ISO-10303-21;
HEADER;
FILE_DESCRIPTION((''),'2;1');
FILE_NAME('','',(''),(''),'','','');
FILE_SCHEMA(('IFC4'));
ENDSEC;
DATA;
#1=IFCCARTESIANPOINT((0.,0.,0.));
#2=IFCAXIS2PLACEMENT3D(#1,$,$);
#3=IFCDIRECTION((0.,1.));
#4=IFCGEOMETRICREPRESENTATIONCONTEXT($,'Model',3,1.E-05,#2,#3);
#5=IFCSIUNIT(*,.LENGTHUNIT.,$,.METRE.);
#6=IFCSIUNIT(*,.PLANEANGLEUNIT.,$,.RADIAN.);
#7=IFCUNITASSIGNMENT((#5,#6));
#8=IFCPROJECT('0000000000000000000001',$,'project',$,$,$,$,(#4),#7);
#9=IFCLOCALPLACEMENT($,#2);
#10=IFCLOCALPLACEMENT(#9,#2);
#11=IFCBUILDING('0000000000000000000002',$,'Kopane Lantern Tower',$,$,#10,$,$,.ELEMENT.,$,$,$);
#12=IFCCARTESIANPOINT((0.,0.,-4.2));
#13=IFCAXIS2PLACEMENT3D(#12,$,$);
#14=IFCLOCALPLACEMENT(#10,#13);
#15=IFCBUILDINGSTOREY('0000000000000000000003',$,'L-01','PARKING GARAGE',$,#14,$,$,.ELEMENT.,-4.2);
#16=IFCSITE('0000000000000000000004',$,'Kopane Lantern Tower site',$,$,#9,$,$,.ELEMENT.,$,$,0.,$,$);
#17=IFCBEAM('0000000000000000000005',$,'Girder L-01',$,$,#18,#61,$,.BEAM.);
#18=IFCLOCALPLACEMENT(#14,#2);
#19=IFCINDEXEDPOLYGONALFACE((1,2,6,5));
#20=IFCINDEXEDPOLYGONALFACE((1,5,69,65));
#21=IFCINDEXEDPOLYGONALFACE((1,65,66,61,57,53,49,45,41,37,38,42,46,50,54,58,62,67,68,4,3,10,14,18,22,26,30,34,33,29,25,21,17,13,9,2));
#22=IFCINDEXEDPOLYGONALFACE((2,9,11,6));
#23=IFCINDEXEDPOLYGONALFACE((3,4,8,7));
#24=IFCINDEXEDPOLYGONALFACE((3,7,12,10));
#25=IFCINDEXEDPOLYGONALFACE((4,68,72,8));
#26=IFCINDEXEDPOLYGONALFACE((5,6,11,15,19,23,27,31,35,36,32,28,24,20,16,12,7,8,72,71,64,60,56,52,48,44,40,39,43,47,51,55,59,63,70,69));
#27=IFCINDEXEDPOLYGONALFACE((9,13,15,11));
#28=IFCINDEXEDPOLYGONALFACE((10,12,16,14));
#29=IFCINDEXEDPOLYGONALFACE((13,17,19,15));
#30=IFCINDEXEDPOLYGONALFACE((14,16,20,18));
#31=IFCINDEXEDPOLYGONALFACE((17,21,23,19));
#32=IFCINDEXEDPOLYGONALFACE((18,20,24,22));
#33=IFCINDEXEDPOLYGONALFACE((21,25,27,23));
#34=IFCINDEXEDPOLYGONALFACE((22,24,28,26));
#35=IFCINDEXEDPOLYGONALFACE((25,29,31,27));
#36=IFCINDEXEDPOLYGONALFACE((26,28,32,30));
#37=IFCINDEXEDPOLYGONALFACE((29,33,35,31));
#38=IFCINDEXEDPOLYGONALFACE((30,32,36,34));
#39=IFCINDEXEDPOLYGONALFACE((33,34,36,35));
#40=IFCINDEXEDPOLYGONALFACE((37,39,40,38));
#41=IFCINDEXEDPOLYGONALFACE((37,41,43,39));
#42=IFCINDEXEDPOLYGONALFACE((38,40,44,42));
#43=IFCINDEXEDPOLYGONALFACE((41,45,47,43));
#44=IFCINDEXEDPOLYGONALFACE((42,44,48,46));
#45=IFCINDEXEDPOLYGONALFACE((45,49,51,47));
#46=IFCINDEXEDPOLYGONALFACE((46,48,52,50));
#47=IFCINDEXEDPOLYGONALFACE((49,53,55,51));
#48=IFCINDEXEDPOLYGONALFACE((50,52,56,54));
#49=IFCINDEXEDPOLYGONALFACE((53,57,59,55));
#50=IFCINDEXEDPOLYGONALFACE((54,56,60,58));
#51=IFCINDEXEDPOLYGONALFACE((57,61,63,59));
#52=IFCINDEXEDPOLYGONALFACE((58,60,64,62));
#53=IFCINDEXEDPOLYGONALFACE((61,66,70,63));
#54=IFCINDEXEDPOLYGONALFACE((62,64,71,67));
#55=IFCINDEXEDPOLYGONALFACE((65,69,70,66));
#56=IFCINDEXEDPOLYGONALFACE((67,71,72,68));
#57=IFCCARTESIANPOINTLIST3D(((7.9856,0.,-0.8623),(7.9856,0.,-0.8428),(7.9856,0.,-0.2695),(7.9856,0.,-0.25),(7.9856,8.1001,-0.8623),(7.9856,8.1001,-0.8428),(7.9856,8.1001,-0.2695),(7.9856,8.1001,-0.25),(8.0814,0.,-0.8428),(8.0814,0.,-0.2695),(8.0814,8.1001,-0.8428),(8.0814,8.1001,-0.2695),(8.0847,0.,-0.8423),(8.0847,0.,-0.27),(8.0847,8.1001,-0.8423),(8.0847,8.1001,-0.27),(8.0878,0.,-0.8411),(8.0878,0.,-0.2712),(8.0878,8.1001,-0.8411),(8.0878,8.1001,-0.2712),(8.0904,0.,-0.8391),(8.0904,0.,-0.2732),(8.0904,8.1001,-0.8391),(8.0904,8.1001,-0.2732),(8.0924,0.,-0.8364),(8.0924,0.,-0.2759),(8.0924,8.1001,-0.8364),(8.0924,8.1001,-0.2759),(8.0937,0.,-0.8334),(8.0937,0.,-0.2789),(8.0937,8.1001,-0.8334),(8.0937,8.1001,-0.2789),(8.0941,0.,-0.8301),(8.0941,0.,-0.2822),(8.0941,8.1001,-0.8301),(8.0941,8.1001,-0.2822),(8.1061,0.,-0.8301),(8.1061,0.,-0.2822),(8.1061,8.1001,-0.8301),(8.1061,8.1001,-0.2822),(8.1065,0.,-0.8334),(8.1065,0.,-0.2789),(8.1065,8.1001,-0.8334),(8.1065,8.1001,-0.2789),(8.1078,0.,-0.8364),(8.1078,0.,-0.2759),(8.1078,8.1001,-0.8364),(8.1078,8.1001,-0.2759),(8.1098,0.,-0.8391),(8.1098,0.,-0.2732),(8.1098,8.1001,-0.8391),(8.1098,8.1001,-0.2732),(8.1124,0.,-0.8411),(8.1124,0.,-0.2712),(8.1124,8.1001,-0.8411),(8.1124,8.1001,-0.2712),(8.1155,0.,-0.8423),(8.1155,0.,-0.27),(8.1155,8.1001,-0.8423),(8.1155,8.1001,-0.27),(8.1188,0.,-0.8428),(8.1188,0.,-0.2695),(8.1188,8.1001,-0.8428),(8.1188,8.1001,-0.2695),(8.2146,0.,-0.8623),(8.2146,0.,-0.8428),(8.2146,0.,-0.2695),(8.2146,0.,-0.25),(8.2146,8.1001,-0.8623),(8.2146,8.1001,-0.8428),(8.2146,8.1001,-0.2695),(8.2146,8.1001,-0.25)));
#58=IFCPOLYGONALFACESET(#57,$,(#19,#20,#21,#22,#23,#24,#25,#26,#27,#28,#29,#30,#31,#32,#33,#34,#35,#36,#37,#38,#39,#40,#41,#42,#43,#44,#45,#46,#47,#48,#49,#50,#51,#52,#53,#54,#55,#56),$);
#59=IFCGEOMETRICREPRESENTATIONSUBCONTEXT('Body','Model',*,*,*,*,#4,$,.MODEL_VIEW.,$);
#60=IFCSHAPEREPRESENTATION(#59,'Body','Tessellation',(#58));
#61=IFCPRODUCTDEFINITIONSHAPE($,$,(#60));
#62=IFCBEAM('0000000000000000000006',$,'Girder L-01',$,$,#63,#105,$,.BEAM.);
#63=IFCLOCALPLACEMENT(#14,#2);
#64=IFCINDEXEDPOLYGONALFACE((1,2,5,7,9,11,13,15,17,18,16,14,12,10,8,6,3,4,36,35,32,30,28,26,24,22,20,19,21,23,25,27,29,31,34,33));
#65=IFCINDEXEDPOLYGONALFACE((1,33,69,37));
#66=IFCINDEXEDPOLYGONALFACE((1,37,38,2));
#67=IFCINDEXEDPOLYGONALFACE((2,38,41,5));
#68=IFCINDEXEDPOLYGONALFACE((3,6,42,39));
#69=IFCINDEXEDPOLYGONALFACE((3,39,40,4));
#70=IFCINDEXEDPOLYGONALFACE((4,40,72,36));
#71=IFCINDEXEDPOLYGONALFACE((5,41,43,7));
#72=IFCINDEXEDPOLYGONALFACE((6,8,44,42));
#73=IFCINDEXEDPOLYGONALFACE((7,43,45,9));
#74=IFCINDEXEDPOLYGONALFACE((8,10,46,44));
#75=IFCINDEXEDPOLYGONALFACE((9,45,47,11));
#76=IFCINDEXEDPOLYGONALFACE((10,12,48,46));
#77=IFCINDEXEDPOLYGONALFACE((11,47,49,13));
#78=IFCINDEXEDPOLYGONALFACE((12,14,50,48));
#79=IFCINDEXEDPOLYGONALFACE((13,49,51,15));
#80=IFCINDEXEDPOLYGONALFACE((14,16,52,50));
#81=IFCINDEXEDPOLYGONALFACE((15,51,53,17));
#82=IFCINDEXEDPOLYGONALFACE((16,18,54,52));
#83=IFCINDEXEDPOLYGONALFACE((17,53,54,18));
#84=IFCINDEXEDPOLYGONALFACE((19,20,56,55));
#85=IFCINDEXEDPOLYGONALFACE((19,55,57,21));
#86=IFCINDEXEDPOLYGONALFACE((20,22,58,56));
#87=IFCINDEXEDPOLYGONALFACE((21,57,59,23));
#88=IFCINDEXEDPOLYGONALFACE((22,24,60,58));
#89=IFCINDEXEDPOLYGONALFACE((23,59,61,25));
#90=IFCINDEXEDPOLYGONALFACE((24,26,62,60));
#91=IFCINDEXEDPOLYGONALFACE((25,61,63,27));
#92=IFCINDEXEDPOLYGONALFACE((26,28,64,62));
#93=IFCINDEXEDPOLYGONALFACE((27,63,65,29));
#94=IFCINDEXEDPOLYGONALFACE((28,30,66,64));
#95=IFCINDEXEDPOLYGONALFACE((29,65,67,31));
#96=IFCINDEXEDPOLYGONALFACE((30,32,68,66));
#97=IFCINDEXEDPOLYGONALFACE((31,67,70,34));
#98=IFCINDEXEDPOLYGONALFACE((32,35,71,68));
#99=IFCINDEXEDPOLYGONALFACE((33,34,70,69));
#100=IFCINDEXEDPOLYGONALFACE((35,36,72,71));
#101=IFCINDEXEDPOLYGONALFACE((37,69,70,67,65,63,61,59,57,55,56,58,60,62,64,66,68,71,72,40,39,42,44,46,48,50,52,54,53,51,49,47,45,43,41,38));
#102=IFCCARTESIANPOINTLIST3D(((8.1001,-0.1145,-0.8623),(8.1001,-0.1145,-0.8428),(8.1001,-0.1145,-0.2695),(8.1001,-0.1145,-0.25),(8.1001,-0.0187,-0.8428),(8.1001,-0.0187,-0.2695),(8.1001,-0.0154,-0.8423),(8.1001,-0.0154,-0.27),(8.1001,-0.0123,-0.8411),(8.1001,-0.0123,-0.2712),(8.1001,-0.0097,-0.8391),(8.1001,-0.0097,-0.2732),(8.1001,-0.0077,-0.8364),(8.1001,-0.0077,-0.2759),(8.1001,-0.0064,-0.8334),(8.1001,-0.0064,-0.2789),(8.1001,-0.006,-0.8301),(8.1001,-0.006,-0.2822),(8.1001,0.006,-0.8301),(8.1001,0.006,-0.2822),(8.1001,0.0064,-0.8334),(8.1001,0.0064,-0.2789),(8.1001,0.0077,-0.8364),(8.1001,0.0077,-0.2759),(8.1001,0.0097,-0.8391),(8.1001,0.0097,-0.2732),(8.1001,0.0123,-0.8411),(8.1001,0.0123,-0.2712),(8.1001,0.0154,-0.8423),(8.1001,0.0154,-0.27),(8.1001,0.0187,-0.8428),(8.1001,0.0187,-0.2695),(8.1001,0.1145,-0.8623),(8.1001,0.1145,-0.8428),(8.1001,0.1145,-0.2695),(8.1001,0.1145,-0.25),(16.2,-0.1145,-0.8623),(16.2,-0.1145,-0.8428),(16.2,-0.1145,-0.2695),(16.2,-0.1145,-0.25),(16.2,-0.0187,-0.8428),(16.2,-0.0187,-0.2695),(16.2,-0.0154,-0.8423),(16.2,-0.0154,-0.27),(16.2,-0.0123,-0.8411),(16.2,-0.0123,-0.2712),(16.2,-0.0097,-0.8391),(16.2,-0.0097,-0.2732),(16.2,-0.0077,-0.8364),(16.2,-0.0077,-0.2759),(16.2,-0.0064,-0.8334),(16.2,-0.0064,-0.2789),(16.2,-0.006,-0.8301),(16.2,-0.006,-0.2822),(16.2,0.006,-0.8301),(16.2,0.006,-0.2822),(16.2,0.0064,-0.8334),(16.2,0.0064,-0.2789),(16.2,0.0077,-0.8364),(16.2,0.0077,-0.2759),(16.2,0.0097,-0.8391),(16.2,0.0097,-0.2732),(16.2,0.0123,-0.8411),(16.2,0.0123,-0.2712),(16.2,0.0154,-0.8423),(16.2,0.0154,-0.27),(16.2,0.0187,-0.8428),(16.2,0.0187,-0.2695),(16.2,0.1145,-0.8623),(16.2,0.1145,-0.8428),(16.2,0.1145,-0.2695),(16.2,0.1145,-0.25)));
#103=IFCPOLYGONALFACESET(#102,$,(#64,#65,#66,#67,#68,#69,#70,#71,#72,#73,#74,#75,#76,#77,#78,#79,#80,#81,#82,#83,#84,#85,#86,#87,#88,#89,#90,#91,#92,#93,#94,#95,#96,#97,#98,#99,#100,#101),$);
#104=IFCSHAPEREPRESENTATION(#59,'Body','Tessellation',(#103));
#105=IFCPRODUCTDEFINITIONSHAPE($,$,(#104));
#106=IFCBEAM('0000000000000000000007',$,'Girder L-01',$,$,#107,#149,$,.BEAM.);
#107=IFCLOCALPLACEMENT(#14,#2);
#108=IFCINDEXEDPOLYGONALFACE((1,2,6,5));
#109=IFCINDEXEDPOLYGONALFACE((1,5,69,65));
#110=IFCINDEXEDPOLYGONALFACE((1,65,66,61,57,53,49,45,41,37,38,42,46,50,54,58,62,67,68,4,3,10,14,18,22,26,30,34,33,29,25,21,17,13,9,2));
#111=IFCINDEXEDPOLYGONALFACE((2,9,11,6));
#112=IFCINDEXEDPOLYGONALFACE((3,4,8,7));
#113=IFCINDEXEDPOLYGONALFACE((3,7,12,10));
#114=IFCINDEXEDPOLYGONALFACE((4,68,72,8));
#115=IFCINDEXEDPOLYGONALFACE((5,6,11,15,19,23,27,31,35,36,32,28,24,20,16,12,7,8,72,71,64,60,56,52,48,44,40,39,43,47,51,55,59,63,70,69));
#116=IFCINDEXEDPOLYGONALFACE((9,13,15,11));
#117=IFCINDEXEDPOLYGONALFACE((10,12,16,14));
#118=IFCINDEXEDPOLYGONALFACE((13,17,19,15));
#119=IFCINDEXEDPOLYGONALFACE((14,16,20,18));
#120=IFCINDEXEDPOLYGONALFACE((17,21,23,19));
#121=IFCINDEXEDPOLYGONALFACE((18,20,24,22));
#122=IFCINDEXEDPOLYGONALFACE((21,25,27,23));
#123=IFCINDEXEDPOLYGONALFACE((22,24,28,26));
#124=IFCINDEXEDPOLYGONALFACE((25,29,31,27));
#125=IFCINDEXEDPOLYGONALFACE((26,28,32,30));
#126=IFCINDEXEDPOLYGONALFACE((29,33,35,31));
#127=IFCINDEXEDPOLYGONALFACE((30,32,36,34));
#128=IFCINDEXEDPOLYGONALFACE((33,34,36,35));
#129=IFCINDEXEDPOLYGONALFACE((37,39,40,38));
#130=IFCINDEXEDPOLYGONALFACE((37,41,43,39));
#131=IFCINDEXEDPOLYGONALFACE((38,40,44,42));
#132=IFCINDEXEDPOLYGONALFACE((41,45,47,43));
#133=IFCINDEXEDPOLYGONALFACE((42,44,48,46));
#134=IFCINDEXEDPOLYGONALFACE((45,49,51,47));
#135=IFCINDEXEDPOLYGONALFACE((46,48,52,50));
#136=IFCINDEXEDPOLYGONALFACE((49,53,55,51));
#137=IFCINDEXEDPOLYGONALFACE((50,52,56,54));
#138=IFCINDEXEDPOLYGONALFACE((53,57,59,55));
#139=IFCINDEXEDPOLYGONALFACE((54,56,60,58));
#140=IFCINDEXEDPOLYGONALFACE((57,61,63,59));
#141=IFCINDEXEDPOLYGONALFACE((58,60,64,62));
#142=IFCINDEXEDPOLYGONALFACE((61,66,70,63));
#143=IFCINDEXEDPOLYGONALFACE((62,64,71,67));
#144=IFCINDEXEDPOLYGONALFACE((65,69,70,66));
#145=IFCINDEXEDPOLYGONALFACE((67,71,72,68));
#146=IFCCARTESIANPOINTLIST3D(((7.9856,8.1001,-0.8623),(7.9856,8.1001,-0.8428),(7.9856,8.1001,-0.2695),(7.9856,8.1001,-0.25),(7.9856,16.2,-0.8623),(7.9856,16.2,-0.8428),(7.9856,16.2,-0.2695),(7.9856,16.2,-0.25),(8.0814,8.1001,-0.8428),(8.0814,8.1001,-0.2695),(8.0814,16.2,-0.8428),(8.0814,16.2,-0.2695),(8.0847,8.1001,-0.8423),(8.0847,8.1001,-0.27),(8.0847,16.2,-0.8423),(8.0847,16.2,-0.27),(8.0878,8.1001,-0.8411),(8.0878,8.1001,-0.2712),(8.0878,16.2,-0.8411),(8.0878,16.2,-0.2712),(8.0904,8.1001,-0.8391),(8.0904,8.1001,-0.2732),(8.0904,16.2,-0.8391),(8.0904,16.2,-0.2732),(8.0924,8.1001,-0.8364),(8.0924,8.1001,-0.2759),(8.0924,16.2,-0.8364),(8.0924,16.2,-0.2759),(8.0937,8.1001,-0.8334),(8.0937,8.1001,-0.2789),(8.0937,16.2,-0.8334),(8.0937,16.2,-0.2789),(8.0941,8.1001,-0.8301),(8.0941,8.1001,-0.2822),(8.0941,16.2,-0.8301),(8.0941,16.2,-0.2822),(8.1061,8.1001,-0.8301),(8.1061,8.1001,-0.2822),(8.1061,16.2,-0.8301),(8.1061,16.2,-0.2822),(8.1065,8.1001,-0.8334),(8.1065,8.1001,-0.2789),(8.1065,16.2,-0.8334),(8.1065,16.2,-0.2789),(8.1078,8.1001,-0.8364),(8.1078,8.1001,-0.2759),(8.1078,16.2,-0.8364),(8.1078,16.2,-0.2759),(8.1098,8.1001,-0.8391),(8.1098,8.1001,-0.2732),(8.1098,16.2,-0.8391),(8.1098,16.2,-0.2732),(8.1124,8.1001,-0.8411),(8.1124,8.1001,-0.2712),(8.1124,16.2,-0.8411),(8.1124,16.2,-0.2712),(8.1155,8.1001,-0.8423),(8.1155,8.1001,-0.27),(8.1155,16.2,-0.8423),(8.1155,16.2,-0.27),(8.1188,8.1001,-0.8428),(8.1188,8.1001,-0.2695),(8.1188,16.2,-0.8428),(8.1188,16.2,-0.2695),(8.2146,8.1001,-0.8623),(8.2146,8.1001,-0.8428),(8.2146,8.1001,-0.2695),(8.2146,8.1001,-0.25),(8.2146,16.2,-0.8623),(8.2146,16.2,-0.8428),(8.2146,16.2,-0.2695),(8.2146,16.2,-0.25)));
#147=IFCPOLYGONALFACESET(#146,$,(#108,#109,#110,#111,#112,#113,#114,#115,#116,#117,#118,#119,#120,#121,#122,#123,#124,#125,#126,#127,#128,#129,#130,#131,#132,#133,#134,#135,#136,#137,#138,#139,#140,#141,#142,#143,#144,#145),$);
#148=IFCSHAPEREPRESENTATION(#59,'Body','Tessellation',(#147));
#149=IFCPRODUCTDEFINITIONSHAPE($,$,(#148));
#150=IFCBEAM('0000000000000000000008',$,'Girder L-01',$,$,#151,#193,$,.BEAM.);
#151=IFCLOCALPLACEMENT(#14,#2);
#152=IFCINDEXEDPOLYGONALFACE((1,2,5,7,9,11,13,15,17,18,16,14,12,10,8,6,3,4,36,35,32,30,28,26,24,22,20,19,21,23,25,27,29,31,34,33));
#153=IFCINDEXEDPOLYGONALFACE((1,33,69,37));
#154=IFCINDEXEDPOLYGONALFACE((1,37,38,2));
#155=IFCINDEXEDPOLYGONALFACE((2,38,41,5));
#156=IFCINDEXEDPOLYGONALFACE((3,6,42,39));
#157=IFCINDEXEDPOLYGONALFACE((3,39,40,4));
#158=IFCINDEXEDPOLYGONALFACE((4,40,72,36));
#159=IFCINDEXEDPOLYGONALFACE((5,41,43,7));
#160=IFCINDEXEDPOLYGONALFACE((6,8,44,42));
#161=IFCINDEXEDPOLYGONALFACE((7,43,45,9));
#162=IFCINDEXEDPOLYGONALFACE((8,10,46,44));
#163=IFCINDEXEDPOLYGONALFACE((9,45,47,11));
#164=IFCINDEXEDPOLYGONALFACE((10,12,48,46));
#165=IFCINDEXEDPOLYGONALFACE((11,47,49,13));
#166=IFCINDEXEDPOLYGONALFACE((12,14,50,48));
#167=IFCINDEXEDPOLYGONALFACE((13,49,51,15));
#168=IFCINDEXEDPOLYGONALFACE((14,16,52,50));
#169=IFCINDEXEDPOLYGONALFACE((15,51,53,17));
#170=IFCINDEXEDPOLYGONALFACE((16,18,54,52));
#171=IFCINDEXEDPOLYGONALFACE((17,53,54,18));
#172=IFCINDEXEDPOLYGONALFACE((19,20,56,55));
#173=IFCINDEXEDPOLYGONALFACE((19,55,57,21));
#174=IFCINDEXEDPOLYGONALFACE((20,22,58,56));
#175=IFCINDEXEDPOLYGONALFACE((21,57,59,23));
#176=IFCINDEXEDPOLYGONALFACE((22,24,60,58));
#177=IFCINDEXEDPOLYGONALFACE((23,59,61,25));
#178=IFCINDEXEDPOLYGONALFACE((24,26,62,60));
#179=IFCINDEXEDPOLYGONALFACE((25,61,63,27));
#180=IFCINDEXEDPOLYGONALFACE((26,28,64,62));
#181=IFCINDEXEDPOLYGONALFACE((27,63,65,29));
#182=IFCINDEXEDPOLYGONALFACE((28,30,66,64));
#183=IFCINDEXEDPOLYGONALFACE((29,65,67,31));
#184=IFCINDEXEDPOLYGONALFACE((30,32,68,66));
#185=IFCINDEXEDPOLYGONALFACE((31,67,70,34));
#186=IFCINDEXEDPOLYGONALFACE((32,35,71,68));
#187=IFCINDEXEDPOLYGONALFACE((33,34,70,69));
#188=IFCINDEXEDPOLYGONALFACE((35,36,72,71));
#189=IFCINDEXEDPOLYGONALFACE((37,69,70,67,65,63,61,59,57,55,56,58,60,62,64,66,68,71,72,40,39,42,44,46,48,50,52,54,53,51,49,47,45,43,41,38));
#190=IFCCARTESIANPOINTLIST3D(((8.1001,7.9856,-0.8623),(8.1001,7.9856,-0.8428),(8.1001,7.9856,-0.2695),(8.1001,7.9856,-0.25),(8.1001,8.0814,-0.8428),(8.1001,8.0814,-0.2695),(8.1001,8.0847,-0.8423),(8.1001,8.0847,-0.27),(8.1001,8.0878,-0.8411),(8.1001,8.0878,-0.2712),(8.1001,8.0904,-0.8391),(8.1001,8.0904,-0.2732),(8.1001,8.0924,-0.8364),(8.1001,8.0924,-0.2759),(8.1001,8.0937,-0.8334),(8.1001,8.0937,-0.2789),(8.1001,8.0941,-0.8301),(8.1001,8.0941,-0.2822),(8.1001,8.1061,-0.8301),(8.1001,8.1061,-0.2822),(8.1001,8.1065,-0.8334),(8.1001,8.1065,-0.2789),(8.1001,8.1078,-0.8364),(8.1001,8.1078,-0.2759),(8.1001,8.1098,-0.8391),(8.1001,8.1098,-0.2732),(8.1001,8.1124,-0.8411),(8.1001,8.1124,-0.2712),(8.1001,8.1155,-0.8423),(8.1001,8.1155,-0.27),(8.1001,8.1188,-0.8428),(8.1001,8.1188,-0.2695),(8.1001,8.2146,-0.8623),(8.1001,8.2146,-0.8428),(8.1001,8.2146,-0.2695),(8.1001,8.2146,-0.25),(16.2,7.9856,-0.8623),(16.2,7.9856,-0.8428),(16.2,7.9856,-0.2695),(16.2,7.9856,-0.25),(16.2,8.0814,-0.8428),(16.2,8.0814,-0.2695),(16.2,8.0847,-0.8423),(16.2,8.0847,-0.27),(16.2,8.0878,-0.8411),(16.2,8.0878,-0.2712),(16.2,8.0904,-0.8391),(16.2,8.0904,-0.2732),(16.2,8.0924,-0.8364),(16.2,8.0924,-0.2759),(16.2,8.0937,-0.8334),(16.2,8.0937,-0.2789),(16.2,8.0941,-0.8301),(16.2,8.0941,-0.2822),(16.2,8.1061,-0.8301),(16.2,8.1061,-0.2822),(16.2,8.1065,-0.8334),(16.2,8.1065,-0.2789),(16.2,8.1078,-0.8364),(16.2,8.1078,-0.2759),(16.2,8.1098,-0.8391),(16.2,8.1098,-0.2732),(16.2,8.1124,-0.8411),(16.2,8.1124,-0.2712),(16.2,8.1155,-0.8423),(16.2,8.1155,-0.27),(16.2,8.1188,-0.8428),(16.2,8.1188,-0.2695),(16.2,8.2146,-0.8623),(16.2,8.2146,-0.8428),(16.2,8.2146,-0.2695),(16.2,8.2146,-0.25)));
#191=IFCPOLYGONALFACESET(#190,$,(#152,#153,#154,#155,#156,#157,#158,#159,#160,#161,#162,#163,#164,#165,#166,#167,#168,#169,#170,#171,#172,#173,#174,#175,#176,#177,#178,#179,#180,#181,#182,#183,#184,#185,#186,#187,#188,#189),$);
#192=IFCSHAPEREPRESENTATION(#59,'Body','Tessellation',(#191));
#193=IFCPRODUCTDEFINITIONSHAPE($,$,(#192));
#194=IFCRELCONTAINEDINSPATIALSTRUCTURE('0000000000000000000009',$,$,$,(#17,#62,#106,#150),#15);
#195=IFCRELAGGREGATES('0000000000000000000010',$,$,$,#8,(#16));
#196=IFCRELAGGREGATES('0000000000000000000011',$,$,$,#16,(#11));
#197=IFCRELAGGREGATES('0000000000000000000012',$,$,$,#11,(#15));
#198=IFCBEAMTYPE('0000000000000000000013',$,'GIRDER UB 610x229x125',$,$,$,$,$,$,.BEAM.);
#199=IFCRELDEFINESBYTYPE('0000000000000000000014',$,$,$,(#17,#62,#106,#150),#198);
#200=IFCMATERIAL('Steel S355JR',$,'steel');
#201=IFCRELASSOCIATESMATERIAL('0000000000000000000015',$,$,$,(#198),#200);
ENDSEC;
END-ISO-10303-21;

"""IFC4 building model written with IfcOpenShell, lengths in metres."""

from ifc_helpers import new_model, si_unit, direction, frame, origin, origin_2d, place, context, subcontext, project, spatial, i_section, extrude, material, material_profile, profile_set, type_object, element, save


model = new_model("IFC4")

# Units and contexts
model_context = context("Model", 3, precision=1e-05, world=origin(), true_north=direction((0.0, 1.0)))
body_context = subcontext(model_context, "Body", "Model", "MODEL_VIEW")
ifc_project = project(units=[si_unit("LENGTHUNIT", "METRE"), si_unit("PLANEANGLEUNIT", "RADIAN")], contexts=[model_context])

# Site, building, storey
site_placement = place(None, origin())
site = spatial("IfcSite", under=ifc_project, at=site_placement, Name="Kopane Lantern Tower site", CompositionType="ELEMENT", RefElevation=0.0)
building_placement = place(site_placement, origin())
building = spatial("IfcBuilding", under=site, at=building_placement, Name="Kopane Lantern Tower", CompositionType="ELEMENT")
storey_placement = place(building_placement, frame((0.0, 0.0, -4.2)))
storey = spatial("IfcBuildingStorey", under=building, at=storey_placement, Name="L-01", Description="PARKING GARAGE", CompositionType="ELEMENT", Elevation=-4.2)

# Beams
ifc_material_1 = material(Name="Steel S355JR", Category="steel")
ifc_material_profile_1 = material_profile(ifc_material_1, i_section(OverallWidth=0.229, OverallDepth=0.6123, WebThickness=0.012, FlangeThickness=0.0195, FilletRadius=0.0127, at=origin_2d()), Name="UB 610x229x125")
ifc_profile_set_1 = profile_set([ifc_material_profile_1], Name="Steel S355JR")
beam_type = type_object("IfcBeamType", Name="GIRDER UB 610x229x125", PredefinedType="BEAM", material=ifc_profile_set_1)
beam_1_placement = place(storey_placement, frame((8.1001, 0.0, -0.5562), z_axis=(0.0, 1.0, 0.0), x_axis=(-1.0, 0.0, 0.0)))
element("IfcBeam", 1, at=beam_1_placement, inside=storey, type_object=beam_type, Name="Girder L-01", PredefinedType="BEAM", context=body_context, shape_type="SweptSolid", body=[
    extrude(i_section(OverallWidth=0.229, OverallDepth=0.6123, WebThickness=0.012, FlangeThickness=0.0195, FilletRadius=0.0127, at=origin_2d()), origin(), (0.0, 0.0, 1.0), 8.1001),
])
for number, where, z_axis, x_axis, name in (
    (2, (8.1001, 0.0, -0.5562), (1.0, 0.0, 0.0), (0.0, 1.0, 0.0), "Girder L-01"),
    (3, (8.1001, 8.1001, -0.5562), (0.0, 1.0, 0.0), (-1.0, 0.0, 0.0), "Girder L-01"),
    (4, (8.1001, 8.1001, -0.5562), (1.0, 0.0, 0.0), (0.0, 1.0, 0.0), "Girder L-01"),
):
    element("IfcBeam", number, at=place(storey_placement, frame(where, z_axis=z_axis, x_axis=x_axis)), inside=storey, type_object=beam_type, Name=name, PredefinedType="BEAM", context=body_context, shape_type="SweptSolid", body=[
        extrude(i_section(OverallWidth=0.229, OverallDepth=0.6123, WebThickness=0.012, FlangeThickness=0.0195, FilletRadius=0.0127, at=origin_2d()), origin(), (0.0, 0.0, 1.0), 8.0999),
    ])

save(model, "model.ifc")
